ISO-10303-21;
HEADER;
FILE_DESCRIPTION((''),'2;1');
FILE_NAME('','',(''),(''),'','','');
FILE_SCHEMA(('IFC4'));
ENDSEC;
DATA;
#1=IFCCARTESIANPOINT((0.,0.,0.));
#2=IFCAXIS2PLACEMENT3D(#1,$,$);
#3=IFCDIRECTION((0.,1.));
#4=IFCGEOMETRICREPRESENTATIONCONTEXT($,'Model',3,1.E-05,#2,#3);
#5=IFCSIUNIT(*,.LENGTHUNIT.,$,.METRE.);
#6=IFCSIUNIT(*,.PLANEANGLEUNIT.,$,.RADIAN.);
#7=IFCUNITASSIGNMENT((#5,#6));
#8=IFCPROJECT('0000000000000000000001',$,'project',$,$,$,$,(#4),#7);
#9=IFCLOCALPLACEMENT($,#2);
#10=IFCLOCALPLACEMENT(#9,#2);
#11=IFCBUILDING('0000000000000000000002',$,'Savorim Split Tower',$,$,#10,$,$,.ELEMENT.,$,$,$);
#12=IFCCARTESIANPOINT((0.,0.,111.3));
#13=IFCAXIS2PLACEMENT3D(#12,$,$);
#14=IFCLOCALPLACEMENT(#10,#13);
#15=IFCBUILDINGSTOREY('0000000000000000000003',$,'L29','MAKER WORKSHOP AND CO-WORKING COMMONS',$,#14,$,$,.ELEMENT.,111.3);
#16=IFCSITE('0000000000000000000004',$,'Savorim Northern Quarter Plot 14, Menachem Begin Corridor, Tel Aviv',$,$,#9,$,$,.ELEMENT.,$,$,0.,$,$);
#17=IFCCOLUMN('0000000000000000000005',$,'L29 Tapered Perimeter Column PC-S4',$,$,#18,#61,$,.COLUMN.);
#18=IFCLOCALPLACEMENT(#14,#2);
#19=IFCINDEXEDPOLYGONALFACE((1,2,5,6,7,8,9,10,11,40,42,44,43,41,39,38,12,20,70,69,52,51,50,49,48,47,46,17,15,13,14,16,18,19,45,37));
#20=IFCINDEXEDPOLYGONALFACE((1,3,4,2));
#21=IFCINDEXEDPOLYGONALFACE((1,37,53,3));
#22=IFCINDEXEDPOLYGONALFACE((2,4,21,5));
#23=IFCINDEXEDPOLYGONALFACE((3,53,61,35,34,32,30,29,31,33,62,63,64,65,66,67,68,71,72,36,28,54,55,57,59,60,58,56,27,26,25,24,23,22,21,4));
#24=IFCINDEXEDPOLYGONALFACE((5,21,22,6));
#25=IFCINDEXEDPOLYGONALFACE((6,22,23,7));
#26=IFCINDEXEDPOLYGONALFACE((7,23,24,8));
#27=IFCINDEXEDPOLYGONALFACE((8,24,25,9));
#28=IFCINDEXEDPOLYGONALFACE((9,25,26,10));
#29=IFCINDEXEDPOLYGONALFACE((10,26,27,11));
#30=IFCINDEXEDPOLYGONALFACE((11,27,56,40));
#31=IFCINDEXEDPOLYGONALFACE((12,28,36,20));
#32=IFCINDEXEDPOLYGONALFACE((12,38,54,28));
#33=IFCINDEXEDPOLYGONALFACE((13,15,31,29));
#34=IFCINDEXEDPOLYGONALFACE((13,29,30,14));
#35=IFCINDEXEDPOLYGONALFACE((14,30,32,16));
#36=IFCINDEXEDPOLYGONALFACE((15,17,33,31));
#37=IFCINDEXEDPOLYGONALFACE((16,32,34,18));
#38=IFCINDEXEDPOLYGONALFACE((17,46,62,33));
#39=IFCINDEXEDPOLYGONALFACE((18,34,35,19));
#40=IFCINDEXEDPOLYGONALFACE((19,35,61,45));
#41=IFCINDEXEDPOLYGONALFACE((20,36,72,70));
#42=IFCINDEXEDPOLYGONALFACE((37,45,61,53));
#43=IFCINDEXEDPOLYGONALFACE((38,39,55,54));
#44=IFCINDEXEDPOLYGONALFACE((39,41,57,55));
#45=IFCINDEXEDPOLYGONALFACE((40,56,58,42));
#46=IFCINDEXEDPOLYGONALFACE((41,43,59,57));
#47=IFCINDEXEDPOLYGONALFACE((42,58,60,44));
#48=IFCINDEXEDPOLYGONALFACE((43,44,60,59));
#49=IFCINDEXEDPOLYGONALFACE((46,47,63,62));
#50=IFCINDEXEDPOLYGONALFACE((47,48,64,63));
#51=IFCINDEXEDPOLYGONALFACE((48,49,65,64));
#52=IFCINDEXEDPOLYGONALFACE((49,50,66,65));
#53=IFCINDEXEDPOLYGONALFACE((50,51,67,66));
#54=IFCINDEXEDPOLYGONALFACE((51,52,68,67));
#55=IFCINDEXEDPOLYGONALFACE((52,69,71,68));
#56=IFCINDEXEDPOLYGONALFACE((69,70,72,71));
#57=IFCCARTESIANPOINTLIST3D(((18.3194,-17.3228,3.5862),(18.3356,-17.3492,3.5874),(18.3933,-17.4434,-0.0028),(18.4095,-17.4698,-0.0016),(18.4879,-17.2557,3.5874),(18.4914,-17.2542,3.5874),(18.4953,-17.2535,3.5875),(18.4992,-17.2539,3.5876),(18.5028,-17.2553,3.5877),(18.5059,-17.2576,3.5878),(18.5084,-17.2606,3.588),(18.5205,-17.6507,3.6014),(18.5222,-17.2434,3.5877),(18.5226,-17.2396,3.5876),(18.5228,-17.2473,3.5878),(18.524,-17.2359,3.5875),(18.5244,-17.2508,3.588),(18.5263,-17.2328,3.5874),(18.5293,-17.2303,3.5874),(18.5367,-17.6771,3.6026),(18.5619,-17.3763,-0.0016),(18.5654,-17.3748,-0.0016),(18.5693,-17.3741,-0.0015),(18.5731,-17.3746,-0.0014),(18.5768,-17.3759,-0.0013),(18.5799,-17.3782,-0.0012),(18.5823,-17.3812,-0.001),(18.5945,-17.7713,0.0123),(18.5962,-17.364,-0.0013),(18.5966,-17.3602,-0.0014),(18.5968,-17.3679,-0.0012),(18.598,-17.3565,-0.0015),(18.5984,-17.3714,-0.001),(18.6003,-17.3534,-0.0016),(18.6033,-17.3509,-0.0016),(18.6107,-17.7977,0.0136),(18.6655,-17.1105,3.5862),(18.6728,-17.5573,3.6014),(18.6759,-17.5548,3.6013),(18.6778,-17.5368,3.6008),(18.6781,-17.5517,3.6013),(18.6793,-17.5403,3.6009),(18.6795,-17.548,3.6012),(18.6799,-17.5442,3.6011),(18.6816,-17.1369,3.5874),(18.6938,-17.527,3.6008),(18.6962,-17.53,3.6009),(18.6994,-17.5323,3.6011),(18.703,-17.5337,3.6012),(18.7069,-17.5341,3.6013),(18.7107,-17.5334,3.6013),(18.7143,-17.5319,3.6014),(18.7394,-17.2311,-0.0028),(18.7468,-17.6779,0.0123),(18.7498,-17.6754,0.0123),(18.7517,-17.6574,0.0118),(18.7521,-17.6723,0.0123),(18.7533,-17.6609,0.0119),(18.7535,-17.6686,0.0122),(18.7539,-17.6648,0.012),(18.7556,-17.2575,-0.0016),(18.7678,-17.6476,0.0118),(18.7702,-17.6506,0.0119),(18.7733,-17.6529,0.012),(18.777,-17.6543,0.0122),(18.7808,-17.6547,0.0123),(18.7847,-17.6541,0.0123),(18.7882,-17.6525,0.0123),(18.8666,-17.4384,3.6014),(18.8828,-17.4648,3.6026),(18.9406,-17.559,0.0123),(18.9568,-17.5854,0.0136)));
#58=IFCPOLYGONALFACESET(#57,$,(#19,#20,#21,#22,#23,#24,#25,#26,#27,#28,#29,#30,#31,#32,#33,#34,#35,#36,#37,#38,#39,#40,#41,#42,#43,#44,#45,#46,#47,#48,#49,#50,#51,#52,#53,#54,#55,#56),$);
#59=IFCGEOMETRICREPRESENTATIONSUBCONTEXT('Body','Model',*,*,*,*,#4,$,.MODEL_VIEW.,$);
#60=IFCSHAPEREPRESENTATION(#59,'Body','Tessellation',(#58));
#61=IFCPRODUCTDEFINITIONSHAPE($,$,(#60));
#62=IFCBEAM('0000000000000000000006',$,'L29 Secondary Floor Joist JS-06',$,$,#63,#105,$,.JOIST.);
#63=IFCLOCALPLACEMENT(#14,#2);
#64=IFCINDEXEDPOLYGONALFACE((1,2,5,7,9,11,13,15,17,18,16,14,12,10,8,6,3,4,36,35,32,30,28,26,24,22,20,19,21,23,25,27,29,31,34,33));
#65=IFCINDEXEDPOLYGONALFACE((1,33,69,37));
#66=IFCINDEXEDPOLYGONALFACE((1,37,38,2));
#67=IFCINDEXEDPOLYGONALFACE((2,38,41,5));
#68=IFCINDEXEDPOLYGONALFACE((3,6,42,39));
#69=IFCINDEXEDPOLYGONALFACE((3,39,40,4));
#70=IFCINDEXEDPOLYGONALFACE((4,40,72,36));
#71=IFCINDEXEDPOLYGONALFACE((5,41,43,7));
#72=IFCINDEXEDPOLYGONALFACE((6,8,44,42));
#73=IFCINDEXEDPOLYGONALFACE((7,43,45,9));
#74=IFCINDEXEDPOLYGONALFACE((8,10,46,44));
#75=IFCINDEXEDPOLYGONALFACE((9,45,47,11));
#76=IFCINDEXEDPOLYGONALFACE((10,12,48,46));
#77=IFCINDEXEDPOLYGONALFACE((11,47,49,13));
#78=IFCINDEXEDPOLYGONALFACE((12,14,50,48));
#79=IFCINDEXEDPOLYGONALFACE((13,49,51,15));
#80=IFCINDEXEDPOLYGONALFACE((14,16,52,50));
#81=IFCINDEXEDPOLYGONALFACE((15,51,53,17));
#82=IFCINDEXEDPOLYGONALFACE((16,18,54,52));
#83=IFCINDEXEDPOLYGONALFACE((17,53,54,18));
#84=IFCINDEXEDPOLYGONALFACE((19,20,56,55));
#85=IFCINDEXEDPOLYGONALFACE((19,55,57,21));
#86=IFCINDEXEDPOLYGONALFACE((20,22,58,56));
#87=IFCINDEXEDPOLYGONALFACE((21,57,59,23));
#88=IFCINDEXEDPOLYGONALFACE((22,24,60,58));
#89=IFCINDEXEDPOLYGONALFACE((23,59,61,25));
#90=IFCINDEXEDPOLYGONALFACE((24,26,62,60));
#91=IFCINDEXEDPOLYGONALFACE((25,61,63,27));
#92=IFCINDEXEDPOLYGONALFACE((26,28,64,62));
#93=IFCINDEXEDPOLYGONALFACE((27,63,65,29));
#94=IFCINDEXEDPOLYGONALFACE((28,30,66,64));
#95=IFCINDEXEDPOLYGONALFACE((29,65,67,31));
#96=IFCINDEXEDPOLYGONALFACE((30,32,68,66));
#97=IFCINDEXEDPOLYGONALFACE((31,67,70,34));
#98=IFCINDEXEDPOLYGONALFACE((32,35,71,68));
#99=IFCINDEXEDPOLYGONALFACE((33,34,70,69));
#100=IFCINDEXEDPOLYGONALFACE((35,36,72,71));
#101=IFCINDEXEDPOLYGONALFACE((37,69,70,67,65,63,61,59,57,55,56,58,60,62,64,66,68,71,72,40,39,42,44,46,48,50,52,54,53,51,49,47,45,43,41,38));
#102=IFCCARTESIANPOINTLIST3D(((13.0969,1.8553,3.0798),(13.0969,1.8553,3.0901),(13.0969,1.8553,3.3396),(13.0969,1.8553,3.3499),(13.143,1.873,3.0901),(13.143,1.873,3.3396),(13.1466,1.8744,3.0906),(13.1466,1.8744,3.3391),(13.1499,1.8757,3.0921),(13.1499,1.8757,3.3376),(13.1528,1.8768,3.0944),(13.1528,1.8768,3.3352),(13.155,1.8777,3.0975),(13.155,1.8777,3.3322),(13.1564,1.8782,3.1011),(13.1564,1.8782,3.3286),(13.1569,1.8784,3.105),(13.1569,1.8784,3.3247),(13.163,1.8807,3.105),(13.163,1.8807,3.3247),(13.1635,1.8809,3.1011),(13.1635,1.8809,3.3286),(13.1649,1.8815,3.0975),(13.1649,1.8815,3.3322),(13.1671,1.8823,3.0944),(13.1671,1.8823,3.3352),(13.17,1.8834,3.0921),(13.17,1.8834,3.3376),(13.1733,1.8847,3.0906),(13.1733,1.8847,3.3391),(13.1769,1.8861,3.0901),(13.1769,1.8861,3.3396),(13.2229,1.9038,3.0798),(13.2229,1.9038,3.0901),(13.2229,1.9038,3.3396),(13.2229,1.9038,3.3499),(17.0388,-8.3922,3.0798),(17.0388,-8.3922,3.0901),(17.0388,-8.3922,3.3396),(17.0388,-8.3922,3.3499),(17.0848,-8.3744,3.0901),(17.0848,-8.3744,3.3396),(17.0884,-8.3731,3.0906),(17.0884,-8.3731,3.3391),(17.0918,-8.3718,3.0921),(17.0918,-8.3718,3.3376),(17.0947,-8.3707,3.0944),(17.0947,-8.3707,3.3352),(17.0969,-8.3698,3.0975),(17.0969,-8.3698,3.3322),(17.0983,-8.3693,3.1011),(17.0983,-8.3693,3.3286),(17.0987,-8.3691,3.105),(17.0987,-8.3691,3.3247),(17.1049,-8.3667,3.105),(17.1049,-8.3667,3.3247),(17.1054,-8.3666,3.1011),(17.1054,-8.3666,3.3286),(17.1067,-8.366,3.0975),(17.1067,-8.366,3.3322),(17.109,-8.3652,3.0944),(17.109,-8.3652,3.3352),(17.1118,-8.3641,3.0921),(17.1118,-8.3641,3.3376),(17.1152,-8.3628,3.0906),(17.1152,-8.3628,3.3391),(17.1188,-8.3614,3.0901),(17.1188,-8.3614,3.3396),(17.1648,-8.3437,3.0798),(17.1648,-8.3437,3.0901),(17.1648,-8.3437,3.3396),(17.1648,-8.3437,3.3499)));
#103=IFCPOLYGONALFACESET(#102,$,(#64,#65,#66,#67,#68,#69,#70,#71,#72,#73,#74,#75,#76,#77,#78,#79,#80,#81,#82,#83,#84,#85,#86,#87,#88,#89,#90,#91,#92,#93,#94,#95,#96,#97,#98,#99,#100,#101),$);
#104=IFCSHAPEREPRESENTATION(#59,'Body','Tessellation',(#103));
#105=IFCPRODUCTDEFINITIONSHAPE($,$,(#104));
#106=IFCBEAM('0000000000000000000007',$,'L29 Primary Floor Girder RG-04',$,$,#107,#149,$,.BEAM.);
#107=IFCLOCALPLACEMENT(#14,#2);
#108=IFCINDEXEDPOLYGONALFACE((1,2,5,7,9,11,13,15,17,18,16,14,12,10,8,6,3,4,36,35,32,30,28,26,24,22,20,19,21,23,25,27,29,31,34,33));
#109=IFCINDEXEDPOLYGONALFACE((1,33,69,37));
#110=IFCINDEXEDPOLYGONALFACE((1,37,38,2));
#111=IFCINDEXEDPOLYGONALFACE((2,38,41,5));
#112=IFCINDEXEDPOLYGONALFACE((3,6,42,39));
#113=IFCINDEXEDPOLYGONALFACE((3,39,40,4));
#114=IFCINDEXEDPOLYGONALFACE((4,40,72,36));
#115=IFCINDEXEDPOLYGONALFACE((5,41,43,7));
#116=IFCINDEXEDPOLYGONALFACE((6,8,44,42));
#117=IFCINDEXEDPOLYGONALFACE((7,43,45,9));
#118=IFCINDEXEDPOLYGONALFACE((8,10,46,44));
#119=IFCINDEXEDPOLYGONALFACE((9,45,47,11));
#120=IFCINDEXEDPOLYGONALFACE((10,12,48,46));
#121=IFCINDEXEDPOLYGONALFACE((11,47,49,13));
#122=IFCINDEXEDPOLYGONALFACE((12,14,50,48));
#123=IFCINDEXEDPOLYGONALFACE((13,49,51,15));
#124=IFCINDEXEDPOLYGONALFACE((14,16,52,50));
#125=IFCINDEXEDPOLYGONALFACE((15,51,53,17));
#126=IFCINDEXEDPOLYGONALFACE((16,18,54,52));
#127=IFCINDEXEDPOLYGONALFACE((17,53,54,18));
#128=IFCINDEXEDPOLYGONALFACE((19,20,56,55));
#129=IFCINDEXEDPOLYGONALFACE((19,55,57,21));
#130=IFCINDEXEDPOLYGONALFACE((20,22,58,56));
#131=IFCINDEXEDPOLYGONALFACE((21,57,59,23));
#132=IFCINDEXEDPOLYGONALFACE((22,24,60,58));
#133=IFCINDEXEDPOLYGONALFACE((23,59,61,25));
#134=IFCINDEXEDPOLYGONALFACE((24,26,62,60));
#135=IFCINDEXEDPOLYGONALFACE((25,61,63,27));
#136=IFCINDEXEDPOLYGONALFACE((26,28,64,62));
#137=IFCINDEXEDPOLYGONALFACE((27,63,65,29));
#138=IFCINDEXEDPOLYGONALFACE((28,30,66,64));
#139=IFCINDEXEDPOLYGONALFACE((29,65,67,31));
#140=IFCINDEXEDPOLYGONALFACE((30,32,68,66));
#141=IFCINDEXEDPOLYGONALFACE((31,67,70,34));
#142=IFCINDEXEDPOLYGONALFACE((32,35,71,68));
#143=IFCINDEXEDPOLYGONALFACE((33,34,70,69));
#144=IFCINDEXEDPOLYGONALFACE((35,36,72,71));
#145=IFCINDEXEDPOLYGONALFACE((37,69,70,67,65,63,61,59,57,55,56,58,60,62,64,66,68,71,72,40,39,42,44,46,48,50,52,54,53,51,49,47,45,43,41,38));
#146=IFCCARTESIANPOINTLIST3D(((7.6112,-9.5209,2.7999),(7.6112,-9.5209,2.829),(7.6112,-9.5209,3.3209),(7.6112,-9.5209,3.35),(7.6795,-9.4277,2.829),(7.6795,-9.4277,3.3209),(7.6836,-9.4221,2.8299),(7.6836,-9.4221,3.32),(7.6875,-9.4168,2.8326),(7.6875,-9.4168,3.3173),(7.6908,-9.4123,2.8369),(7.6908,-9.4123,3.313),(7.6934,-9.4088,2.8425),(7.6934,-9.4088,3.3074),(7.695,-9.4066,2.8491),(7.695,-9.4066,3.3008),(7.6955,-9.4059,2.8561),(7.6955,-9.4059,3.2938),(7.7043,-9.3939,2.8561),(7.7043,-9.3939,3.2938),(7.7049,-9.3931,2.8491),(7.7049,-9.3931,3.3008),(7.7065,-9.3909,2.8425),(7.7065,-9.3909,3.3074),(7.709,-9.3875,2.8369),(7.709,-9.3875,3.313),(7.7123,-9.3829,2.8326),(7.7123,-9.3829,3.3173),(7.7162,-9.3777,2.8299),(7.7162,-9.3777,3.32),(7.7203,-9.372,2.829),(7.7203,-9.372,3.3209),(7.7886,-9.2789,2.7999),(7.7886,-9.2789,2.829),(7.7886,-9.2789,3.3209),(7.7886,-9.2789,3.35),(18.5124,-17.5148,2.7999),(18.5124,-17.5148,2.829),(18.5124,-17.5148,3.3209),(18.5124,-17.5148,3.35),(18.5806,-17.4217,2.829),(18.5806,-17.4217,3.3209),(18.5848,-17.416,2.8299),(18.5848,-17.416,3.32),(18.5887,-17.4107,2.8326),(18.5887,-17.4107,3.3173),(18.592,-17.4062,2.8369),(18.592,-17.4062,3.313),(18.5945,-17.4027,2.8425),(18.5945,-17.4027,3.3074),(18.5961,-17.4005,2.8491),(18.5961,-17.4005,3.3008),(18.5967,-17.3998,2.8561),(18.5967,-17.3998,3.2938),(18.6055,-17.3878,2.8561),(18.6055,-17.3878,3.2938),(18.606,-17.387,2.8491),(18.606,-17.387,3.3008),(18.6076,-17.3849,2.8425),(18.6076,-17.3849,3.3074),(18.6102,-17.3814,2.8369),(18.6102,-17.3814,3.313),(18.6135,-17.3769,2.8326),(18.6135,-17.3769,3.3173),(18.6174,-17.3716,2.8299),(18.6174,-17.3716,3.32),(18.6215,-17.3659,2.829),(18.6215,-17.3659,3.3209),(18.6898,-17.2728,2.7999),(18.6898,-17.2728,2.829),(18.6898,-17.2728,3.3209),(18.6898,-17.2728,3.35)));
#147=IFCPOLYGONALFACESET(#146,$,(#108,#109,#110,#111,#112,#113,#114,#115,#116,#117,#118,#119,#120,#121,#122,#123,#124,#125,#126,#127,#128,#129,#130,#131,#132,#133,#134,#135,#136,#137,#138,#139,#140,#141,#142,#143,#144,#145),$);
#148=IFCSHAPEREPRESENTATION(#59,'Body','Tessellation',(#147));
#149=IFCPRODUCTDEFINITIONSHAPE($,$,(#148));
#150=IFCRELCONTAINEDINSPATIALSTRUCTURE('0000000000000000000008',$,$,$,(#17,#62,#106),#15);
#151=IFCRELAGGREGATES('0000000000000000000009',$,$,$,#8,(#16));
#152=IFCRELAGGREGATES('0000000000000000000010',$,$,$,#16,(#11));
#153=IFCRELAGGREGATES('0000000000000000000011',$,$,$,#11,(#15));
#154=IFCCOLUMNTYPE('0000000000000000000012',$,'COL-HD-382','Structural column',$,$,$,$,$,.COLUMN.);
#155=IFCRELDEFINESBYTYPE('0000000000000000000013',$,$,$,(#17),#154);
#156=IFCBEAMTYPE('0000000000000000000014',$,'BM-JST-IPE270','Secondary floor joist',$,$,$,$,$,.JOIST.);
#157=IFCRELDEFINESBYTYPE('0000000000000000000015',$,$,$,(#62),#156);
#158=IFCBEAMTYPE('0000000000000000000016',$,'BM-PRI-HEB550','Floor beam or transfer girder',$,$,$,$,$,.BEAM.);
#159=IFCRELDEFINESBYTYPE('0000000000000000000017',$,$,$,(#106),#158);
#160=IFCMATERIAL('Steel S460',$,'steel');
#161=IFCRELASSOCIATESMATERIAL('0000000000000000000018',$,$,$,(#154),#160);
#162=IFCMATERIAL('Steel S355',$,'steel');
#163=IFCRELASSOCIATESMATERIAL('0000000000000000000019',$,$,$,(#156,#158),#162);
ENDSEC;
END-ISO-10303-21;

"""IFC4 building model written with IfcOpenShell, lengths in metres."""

from ifc_helpers import new_model, si_unit, direction, frame, origin, origin_2d, place, context, subcontext, project, spatial, i_section, extrude, material, material_profile, profile_set, type_object, element, save


model = new_model("IFC4")

# Units and contexts
model_context = context("Model", 3, precision=1e-05, world=origin(), true_north=direction((0.0, 1.0)))
body_context = subcontext(model_context, "Body", "Model", "MODEL_VIEW")
ifc_project = project(units=[si_unit("LENGTHUNIT", "METRE"), si_unit("PLANEANGLEUNIT", "RADIAN")], contexts=[model_context])

# Site, building, storey
site_placement = place(None, origin())
site = spatial("IfcSite", under=ifc_project, at=site_placement, Name="Savorim Northern Quarter Plot 14, Menachem Begin Corridor, Tel Aviv", CompositionType="ELEMENT", RefElevation=0.0)
building_placement = place(site_placement, origin())
building = spatial("IfcBuilding", under=site, at=building_placement, Name="Savorim Split Tower", CompositionType="ELEMENT")
storey_placement = place(building_placement, frame((0.0, 0.0, 111.3)))
storey = spatial("IfcBuildingStorey", under=building, at=storey_placement, Name="L29", Description="MAKER WORKSHOP AND CO-WORKING COMMONS", CompositionType="ELEMENT", Elevation=111.3)

# Column
ifc_material_1 = material(Name="Steel S460", Category="steel")
ifc_material_profile_1 = material_profile(ifc_material_1, i_section(OverallWidth=0.406, OverallDepth=0.416, WebThickness=0.0188, FlangeThickness=0.031, FilletRadius=0.0149, at=origin_2d()), Name="HD 400x382")
ifc_profile_set_1 = profile_set([ifc_material_profile_1], Name="Steel S460")
column_type = type_object("IfcColumnType", Name="COL-HD-382", Description="Structural column", PredefinedType="COLUMN", material=ifc_profile_set_1)
column_placement = place(storey_placement, frame((18.675, -17.5144, 0.0054), z_axis=(-0.020595, 0.033577, 0.999224), x_axis=(-0.852428, -0.522845, 0.0)))
element("IfcColumn", 1, at=column_placement, inside=storey, type_object=column_type, Name="L29 Tapered Perimeter Column PC-S4", PredefinedType="COLUMN", context=body_context, shape_type="SweptSolid", body=[
    extrude(i_section(OverallWidth=0.406, OverallDepth=0.416, WebThickness=0.0188, FlangeThickness=0.031, FilletRadius=0.0149, at=origin_2d()), origin(), (0.0, 0.0, 1.0), 3.5918),
])

# Beams
ifc_material_2 = material(Name="Steel S355", Category="steel")
ifc_material_profile_2 = material_profile(ifc_material_2, i_section(OverallWidth=0.135, OverallDepth=0.27, WebThickness=0.0066, FlangeThickness=0.0103, FilletRadius=0.0149, at=origin_2d()), Name="IPE 270")
ifc_profile_set_2 = profile_set([ifc_material_profile_2], Name="Steel S355")
beam_type_1 = type_object("IfcBeamType", Name="BM-JST-IPE270", Description="Secondary floor joist", PredefinedType="JOIST", material=ifc_profile_set_2)
beam_1_placement = place(storey_placement, frame((17.1018, -8.3679, 3.2148), z_axis=(-0.359021, 0.93333, 0.0), x_axis=(-0.93333, -0.359021, 0.0)))
element("IfcBeam", 2, at=beam_1_placement, inside=storey, type_object=beam_type_1, Name="L29 Secondary Floor Joist JS-06", PredefinedType="JOIST", context=body_context, shape_type="SweptSolid", body=[
    extrude(i_section(OverallWidth=0.135, OverallDepth=0.27, WebThickness=0.0066, FlangeThickness=0.0103, FilletRadius=0.0149, at=origin_2d()), origin(), (0.0, 0.0, 1.0), 10.9795),
])
ifc_material_profile_3 = material_profile(ifc_material_2, i_section(OverallWidth=0.3, OverallDepth=0.55, WebThickness=0.0149, FlangeThickness=0.0291, FilletRadius=0.0271, at=origin_2d()), Name="HEB 550")
ifc_profile_set_3 = profile_set([ifc_material_profile_3], Name="Steel S355")
beam_type_2 = type_object("IfcBeamType", Name="BM-PRI-HEB550", Description="Floor beam or transfer girder", PredefinedType="BEAM", material=ifc_profile_set_3)
beam_2_placement = place(storey_placement, frame((18.6011, -17.3938, 3.075), z_axis=(-0.806414, 0.591351, 0.0), x_axis=(-0.591351, -0.806414, 0.0)))
element("IfcBeam", 3, at=beam_2_placement, inside=storey, type_object=beam_type_2, Name="L29 Primary Floor Girder RG-04", PredefinedType="BEAM", context=body_context, shape_type="SweptSolid", body=[
    extrude(i_section(OverallWidth=0.3, OverallDepth=0.55, WebThickness=0.0149, FlangeThickness=0.0291, FilletRadius=0.0271, at=origin_2d()), origin(), (0.0, 0.0, 1.0), 13.5181),
])

save(model, "model.ifc")
